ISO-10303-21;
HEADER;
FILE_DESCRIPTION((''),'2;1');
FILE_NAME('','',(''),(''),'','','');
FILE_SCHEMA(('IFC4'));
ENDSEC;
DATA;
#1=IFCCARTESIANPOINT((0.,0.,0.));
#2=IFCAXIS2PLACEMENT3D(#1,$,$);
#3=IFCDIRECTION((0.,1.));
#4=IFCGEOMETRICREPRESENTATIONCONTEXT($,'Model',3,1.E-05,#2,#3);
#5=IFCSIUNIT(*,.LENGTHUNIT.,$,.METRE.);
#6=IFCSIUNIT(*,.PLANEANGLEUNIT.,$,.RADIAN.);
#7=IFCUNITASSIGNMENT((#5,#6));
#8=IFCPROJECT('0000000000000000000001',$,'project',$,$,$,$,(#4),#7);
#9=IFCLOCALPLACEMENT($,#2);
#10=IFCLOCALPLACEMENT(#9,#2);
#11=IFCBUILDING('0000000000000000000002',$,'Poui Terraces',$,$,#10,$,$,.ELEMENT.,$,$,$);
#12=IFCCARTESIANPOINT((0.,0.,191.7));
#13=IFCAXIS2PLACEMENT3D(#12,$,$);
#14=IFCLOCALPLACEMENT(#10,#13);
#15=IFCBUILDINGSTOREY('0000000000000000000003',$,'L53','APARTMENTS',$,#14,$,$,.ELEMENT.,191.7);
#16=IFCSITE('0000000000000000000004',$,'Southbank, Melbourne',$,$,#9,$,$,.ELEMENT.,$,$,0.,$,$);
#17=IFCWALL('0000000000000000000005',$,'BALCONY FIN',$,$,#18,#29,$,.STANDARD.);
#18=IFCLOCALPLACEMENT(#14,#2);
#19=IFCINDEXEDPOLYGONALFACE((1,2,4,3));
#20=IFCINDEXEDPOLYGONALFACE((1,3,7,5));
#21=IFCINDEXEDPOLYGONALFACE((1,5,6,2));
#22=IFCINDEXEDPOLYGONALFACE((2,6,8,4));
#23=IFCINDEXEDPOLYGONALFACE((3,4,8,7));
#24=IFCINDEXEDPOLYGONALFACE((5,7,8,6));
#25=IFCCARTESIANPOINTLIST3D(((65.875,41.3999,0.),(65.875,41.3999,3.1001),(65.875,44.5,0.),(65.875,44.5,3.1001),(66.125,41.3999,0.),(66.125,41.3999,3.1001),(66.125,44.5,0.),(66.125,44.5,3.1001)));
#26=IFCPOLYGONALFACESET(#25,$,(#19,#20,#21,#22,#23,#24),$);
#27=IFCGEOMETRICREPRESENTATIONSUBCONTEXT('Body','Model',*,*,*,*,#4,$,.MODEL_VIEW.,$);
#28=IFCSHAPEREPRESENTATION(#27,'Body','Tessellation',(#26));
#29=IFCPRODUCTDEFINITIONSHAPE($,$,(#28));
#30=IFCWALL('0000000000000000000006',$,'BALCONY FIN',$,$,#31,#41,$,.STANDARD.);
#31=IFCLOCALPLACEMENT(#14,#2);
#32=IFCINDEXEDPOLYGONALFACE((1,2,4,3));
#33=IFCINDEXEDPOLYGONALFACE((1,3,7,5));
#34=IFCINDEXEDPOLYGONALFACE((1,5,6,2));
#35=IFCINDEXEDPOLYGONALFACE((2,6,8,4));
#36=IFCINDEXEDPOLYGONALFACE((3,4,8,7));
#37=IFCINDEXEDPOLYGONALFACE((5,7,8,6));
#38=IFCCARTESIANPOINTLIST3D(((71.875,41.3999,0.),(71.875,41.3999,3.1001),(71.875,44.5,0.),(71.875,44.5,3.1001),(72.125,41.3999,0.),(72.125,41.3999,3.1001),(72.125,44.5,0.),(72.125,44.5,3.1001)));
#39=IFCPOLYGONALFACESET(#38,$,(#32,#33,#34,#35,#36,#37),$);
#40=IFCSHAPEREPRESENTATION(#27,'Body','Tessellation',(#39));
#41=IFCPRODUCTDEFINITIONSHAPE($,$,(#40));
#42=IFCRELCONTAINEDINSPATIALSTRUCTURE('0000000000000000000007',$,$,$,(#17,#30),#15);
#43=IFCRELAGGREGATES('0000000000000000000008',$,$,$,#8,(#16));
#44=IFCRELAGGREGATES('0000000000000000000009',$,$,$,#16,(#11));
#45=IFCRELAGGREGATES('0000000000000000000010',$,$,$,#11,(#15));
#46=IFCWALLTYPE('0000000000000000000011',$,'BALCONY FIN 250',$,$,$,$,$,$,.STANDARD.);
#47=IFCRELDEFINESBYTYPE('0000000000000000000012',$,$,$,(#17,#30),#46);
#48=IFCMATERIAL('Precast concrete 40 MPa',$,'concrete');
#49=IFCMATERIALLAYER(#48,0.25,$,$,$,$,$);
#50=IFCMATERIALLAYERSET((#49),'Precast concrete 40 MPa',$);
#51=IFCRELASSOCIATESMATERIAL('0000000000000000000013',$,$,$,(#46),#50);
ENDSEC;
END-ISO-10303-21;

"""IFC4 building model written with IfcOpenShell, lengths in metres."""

from ifc_helpers import new_model, si_unit, direction, frame, origin, place, context, subcontext, project, spatial, polyline, outline, extrude, source, transform, mapped, material, layer, layer_set, type_object, element, save


model = new_model("IFC4")

# Units and contexts
model_context = context("Model", 3, precision=1e-05, world=origin(), true_north=direction((0.0, 1.0)))
body_context = subcontext(model_context, "Body", "Model", "MODEL_VIEW")
ifc_project = project(units=[si_unit("LENGTHUNIT", "METRE"), si_unit("PLANEANGLEUNIT", "RADIAN")], contexts=[model_context])

# Site, building, storey
site_placement = place(None, origin())
site = spatial("IfcSite", under=ifc_project, at=site_placement, Name="Southbank, Melbourne", CompositionType="ELEMENT", RefElevation=0.0)
building_placement = place(site_placement, origin())
building = spatial("IfcBuilding", under=site, at=building_placement, Name="Poui Terraces", CompositionType="ELEMENT")
storey_placement = place(building_placement, frame((0.0, 0.0, 191.7)))
storey = spatial("IfcBuildingStorey", under=building, at=storey_placement, Name="L53", Description="APARTMENTS", CompositionType="ELEMENT", Elevation=191.7)

# Walls
ifc_material_1 = material(Name="Precast concrete 40 MPa", Category="concrete")
ifc_layer = layer(ifc_material_1, 0.25)
ifc_layer_set = layer_set([ifc_layer], Name="Precast concrete 40 MPa")
wall_type = type_object("IfcWallType", Name="BALCONY FIN 250", PredefinedType="STANDARD", material=ifc_layer_set)
shared_shape_1 = source(origin(), body_context, "Body", "SweptSolid", [
    extrude(outline(polyline([(0.0, 0.0), (0.25, 0.0), (0.25, 3.1001), (0.0, 3.1001), (0.0, 0.0)])), origin(), (0.0, 0.0, 1.0), 3.1001),
])
for number, where, name in (
    (1, (65.875, 41.3999, 0.0), "BALCONY FIN"),
    (2, (71.875, 41.3999, 0.0), "BALCONY FIN"),
):
    element("IfcWall", number, at=place(storey_placement, frame(where)), inside=storey, type_object=wall_type, Name=name, PredefinedType="STANDARD", context=body_context, shape_type="MappedRepresentation", body=[
        mapped(shared_shape_1, transform((0.0, 0.0, 0.0))),
    ])

save(model, "model.ifc")
